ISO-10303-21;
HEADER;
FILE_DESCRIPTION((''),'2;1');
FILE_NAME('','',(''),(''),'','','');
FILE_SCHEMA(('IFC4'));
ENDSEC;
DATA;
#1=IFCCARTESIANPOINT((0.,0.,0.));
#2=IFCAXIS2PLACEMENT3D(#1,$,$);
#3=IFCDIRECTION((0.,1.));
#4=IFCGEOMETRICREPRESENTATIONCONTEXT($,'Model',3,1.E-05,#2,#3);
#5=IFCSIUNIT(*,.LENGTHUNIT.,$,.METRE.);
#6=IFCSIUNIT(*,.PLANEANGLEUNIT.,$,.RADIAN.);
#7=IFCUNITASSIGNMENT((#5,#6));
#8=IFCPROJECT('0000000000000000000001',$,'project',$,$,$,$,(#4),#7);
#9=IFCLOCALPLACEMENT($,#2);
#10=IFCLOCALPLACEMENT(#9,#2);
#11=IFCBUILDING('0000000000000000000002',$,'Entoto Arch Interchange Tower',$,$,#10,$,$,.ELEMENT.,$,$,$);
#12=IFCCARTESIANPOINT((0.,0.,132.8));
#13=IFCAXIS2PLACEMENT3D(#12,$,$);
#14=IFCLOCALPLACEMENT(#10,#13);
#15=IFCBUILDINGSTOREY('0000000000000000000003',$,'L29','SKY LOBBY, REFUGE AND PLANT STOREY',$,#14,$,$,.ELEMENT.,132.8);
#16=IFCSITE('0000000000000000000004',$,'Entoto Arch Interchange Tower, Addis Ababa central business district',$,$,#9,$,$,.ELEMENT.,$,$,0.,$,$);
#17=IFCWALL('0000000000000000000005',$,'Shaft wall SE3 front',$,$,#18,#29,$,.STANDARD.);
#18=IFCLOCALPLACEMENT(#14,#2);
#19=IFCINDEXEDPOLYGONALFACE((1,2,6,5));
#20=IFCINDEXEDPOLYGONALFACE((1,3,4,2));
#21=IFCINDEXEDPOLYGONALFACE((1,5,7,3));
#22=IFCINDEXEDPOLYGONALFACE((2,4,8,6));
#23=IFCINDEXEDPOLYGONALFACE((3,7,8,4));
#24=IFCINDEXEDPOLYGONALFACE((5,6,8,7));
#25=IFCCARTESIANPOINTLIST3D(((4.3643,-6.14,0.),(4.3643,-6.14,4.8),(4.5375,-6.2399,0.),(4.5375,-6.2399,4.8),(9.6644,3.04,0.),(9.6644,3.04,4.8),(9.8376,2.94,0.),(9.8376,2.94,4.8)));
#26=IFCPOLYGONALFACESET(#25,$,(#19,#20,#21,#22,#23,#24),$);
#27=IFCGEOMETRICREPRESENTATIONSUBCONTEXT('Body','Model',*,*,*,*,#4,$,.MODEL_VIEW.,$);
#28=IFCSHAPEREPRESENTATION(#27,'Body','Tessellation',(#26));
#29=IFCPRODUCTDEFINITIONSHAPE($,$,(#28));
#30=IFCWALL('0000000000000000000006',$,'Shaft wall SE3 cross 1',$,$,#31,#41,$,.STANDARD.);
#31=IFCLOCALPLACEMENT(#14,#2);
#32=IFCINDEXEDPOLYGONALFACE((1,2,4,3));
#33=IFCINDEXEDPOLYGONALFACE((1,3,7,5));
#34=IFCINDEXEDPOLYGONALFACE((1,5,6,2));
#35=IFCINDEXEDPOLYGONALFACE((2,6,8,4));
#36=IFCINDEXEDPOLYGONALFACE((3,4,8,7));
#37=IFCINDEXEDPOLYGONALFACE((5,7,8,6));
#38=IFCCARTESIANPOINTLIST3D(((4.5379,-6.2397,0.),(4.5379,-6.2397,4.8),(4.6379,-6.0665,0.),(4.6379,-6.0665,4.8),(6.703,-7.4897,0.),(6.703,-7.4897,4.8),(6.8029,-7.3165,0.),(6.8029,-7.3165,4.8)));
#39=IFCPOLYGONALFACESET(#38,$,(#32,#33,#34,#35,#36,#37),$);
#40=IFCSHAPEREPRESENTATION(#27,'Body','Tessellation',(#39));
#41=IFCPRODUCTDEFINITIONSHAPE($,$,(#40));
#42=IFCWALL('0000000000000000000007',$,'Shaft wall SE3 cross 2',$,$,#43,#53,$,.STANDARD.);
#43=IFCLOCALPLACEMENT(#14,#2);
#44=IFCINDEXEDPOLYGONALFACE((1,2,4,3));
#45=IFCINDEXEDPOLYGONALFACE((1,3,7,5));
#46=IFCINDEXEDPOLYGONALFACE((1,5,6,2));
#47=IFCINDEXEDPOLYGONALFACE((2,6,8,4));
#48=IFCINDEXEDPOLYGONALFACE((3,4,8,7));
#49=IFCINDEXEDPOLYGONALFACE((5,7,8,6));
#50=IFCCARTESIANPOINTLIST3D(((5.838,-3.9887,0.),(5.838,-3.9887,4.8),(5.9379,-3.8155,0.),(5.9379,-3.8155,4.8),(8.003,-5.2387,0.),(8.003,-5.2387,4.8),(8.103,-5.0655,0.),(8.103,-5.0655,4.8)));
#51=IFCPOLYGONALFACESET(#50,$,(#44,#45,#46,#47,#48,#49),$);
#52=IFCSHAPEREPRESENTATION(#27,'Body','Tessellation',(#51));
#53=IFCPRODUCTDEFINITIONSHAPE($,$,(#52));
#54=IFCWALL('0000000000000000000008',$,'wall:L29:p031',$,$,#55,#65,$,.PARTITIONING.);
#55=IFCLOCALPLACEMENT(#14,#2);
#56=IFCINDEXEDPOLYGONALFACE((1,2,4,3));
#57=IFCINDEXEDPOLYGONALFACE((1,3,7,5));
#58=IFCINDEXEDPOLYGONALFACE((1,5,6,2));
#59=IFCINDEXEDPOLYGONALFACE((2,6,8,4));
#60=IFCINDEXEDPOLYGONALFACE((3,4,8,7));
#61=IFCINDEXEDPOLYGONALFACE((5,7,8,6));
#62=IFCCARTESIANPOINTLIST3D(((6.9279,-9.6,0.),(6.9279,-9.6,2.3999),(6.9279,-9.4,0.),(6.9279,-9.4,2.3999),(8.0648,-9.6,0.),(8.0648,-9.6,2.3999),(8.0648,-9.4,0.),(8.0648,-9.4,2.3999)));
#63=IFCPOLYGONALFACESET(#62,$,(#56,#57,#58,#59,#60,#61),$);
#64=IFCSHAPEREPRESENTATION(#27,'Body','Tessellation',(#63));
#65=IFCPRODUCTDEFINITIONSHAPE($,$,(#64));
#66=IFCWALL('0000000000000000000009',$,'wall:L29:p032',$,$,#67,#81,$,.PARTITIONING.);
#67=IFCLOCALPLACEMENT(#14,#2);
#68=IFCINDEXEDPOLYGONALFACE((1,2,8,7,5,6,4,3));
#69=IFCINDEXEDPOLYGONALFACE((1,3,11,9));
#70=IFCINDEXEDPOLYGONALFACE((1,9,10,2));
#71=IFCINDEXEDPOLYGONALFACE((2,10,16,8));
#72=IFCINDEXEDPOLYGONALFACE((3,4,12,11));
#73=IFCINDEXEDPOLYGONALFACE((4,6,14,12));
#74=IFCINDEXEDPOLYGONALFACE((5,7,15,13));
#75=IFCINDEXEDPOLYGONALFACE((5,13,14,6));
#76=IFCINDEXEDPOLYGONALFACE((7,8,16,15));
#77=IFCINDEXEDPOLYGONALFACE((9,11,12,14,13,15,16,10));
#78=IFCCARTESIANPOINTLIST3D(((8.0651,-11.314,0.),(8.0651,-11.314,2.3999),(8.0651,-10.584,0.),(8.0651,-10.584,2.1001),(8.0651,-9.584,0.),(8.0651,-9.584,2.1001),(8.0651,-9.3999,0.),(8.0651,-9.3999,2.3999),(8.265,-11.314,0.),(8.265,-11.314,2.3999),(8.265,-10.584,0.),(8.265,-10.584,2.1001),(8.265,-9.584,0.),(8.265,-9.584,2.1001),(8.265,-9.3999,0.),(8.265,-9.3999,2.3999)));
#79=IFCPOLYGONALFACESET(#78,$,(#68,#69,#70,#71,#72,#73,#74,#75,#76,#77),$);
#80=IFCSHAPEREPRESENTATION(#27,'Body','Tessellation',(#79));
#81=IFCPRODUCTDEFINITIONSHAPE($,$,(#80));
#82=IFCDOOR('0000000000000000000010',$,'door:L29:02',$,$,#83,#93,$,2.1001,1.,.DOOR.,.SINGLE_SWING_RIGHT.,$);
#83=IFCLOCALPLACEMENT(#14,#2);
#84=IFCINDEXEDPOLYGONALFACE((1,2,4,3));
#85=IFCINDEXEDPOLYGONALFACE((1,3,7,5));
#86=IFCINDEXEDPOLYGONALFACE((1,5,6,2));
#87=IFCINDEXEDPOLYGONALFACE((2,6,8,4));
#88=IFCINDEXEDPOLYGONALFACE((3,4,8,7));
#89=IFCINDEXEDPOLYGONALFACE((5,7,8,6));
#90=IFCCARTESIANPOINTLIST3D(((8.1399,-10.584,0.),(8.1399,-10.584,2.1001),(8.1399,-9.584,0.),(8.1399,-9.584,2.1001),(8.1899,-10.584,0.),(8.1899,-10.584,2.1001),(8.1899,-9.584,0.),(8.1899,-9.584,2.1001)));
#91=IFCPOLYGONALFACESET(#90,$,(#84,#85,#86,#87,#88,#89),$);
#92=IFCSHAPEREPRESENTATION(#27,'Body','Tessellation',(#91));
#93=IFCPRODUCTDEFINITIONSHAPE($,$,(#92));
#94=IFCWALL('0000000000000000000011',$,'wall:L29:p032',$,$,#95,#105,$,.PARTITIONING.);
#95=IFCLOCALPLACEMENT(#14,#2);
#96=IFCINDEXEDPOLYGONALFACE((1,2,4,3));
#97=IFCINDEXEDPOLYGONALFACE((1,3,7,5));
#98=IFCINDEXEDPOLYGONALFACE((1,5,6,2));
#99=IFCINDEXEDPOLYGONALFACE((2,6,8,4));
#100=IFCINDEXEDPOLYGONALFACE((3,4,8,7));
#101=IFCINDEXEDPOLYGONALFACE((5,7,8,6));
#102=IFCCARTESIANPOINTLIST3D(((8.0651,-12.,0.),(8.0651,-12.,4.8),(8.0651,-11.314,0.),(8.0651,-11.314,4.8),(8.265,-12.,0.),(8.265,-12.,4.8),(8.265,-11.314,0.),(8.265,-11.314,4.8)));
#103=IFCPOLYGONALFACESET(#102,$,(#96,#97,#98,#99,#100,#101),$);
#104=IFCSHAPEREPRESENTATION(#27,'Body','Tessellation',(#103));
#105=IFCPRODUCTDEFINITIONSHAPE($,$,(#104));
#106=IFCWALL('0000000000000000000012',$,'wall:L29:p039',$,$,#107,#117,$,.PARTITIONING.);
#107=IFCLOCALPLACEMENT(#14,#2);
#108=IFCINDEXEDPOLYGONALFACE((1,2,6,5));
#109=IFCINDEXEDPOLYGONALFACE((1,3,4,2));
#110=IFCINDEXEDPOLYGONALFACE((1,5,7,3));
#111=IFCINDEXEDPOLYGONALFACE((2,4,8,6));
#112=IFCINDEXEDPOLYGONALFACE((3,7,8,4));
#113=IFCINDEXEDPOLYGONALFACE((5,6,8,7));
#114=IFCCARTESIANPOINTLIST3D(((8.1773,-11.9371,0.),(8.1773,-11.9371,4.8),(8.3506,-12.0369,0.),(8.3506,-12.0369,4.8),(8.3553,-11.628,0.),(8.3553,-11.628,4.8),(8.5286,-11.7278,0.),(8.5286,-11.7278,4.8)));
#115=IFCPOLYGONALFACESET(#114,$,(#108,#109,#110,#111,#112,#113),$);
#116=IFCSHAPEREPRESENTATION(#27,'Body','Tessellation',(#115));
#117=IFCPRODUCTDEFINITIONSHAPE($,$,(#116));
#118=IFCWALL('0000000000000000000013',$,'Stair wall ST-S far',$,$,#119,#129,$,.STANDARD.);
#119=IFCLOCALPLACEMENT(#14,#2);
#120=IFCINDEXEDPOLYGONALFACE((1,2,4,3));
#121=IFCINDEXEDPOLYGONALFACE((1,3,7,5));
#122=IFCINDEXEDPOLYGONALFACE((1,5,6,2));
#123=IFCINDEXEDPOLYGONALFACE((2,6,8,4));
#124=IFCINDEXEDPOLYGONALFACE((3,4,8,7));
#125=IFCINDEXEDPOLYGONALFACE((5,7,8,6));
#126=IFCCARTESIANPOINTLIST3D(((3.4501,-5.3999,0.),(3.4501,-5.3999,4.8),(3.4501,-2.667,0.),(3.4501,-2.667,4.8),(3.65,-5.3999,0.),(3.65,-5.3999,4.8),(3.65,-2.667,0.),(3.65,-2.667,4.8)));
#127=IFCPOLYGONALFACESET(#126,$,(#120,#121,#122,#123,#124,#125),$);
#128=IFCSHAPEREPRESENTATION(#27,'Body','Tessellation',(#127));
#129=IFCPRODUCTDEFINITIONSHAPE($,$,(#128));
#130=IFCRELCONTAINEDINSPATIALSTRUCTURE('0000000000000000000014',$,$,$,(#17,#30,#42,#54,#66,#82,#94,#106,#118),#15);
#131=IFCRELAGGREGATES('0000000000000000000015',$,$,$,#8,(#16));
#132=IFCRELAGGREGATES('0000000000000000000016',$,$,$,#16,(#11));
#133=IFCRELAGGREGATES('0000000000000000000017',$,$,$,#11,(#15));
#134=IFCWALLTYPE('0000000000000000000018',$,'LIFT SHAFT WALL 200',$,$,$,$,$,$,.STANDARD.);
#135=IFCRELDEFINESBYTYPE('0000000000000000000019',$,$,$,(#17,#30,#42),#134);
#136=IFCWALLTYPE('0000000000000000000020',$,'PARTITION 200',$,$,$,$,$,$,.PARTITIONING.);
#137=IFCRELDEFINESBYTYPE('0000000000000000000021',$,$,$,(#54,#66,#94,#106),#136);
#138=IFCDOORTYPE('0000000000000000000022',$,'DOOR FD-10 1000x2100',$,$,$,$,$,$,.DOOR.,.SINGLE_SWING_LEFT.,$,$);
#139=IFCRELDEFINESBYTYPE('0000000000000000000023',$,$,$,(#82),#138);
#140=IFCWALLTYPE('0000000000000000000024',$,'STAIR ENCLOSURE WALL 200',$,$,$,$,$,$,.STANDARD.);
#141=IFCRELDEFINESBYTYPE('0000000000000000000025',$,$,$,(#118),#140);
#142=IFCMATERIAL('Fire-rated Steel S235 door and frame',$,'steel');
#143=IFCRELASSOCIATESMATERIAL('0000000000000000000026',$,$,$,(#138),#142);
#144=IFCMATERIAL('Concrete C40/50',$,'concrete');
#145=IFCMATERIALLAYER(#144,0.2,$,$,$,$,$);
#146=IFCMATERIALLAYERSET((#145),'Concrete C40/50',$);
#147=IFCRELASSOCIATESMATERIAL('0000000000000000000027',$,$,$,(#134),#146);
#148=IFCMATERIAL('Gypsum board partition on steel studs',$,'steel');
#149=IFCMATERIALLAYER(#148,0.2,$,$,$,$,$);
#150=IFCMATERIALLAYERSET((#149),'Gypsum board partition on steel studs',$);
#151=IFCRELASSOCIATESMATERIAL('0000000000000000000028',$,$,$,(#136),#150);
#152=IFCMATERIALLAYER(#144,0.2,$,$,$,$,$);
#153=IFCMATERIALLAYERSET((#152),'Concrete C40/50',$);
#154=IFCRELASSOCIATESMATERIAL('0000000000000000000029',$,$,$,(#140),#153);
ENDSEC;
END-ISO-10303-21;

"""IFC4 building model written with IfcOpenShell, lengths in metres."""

from ifc_helpers import new_model, si_unit, direction, frame, frame_2d, origin, place, context, subcontext, project, spatial, rectangle, extrude, material, layer, layer_set, type_object, element, fill, save


model = new_model("IFC4")

# Units and contexts
model_context = context("Model", 3, precision=1e-05, world=origin(), true_north=direction((0.0, 1.0)))
body_context = subcontext(model_context, "Body", "Model", "MODEL_VIEW")
ifc_project = project(units=[si_unit("LENGTHUNIT", "METRE"), si_unit("PLANEANGLEUNIT", "RADIAN")], contexts=[model_context])

# Site, building, storey
site_placement = place(None, origin())
site = spatial("IfcSite", under=ifc_project, at=site_placement, Name="Entoto Arch Interchange Tower, Addis Ababa central business district", CompositionType="ELEMENT", RefElevation=0.0)
building_placement = place(site_placement, origin())
building = spatial("IfcBuilding", under=site, at=building_placement, Name="Entoto Arch Interchange Tower", CompositionType="ELEMENT")
storey_placement = place(building_placement, frame((0.0, 0.0, 132.8)))
storey = spatial("IfcBuildingStorey", under=building, at=storey_placement, Name="L29", Description="SKY LOBBY, REFUGE AND PLANT STOREY", CompositionType="ELEMENT", Elevation=132.8)

# Shared definitions
ifc_material_1 = material(Name="Fire-rated Steel S235 door and frame", Category="steel")
door_type_1 = type_object("IfcDoorType", Name="DOOR FD-10 1000x2100", OperationType="SINGLE_SWING_LEFT", PredefinedType="DOOR", material=ifc_material_1)
ifc_material_2 = material(Name="Concrete C40/50", Category="concrete")
ifc_layer_1 = layer(ifc_material_2, 0.2)
ifc_layer_set_1 = layer_set([ifc_layer_1], Name="Concrete C40/50")
wall_type_1 = type_object("IfcWallType", Name="LIFT SHAFT WALL 200", PredefinedType="STANDARD", material=ifc_layer_set_1)

# Walls
wall_1_placement = place(storey_placement, frame((4.4509, -6.1899, 0.0), z_axis=(0.0, 0.0, 1.0), x_axis=(0.500001, 0.866025, 0.0)))
element("IfcWall", 1, at=wall_1_placement, inside=storey, type_object=wall_type_1, Name="Shaft wall SE3 front", PredefinedType="STANDARD", context=body_context, shape_type="SweptSolid", body=[
    extrude(rectangle(XDim=10.6001, YDim=0.2, at=frame_2d((5.3, 0.0))), origin(), (0.0, 0.0, 1.0), 4.8),
])
for number, where, z_axis, x_axis, name in (
    (2, (4.5879, -6.1531, 0.0), (0.0, 0.0, 1.0), (0.866023, -0.500004, 0.0), "Shaft wall SE3 cross 1"),
    (3, (5.8879, -3.9021, 0.0), (0.0, 0.0, 1.0), (0.866023, -0.500004, 0.0), "Shaft wall SE3 cross 2"),
):
    element("IfcWall", number, at=place(storey_placement, frame(where, z_axis=z_axis, x_axis=x_axis)), inside=storey, type_object=wall_type_1, Name=name, PredefinedType="STANDARD", context=body_context, shape_type="SweptSolid", body=[
        extrude(rectangle(XDim=2.5, YDim=0.2, at=frame_2d((1.25, 0.0))), origin(), (0.0, 0.0, 1.0), 4.8),
    ])
ifc_material_3 = material(Name="Gypsum board partition on steel studs", Category="steel")
ifc_layer_2 = layer(ifc_material_3, 0.2)
ifc_layer_set_2 = layer_set([ifc_layer_2], Name="Gypsum board partition on steel studs")
wall_type_2 = type_object("IfcWallType", Name="PARTITION 200", PredefinedType="PARTITIONING", material=ifc_layer_set_2)
wall_2_placement = place(storey_placement, frame((6.928, -9.5, 0.0), z_axis=(0.0, 0.0, 1.0), x_axis=(1.0, 0.0, 0.0)))
element("IfcWall", 4, at=wall_2_placement, inside=storey, type_object=wall_type_2, Name="wall:L29:p031", PredefinedType="PARTITIONING", context=body_context, shape_type="SweptSolid", body=[
    extrude(rectangle(XDim=1.137, YDim=0.2, at=frame_2d((0.5684, 0.0))), origin(), (0.0, 0.0, 1.0), 2.3999),
])

# Wall, opening, door
wall_3_placement = place(storey_placement, frame((8.165, -9.3999, 0.0), z_axis=(0.0, 0.0, 1.0), x_axis=(0.0, -1.0, 0.0)))
wall_3 = element("IfcWall", 5, at=wall_3_placement, inside=storey, type_object=wall_type_2, Name="wall:L29:p032", PredefinedType="PARTITIONING", context=body_context, shape_type="SweptSolid", body=[
    extrude(rectangle(XDim=1.9141, YDim=0.2, at=frame_2d((0.957, 0.0))), origin(), (0.0, 0.0, 1.0), 2.3999),
])
opening_1_placement = place(wall_3_placement, frame((0.1841, 0.0, 0.0)))
opening_1 = element("IfcOpeningElement", 6, at=opening_1_placement, cuts=wall_3, PredefinedType="OPENING", context=body_context, shape_type="SweptSolid", body=[
    extrude(rectangle(XDim=1.0, YDim=2.1001, at=frame_2d((0.5, 1.05))), frame((0.0, 0.1099, 0.0), z_axis=(0.0, -1.0, 0.0), x_axis=(1.0, 0.0, 0.0)), (0.0, 0.0, 1.0), 0.22),
])
door_1_placement = place(opening_1_placement, origin())
door_1 = element("IfcDoor", 7, at=door_1_placement, inside=storey, type_object=door_type_1, Name="door:L29:02", OperationType="SINGLE_SWING_RIGHT", OverallHeight=2.1001, OverallWidth=1.0, PredefinedType="DOOR", context=body_context, shape_type="SweptSolid", body=[
    extrude(rectangle(XDim=1.0, YDim=2.1001, at=frame_2d((0.5, 1.05))), frame((0.0, 0.0249, 0.0), z_axis=(0.0, -1.0, 0.0), x_axis=(1.0, 0.0, 0.0)), (0.0, 0.0, 1.0), 0.05),
])
fill(opening_1, door_1)

# Walls
wall_4_placement = place(storey_placement, frame((8.165, -11.314, 0.0), z_axis=(0.0, 0.0, 1.0), x_axis=(0.0, -1.0, 0.0)))
element("IfcWall", 8, at=wall_4_placement, inside=storey, type_object=wall_type_2, Name="wall:L29:p032", PredefinedType="PARTITIONING", context=body_context, shape_type="SweptSolid", body=[
    extrude(rectangle(XDim=0.686, YDim=0.2, at=frame_2d((0.343, 0.0))), origin(), (0.0, 0.0, 1.0), 4.8),
])
wall_5_placement = place(storey_placement, frame((8.4419, -11.678, 0.0), z_axis=(0.0, 0.0, 1.0), x_axis=(-0.499011, -0.866596, 0.0)))
element("IfcWall", 9, at=wall_5_placement, inside=storey, type_object=wall_type_2, Name="wall:L29:p039", PredefinedType="PARTITIONING", context=body_context, shape_type="SweptSolid", body=[
    extrude(rectangle(XDim=0.3567, YDim=0.2, at=frame_2d((0.1782, 0.0))), origin(), (0.0, 0.0, 1.0), 4.8),
])
ifc_layer_3 = layer(ifc_material_2, 0.2)
ifc_layer_set_3 = layer_set([ifc_layer_3], Name="Concrete C40/50")
wall_type_3 = type_object("IfcWallType", Name="STAIR ENCLOSURE WALL 200", PredefinedType="STANDARD", material=ifc_layer_set_3)
wall_6_placement = place(storey_placement, frame((3.55, -2.667, 0.0), z_axis=(0.0, 0.0, 1.0), x_axis=(0.0, -1.0, 0.0)))
element("IfcWall", 10, at=wall_6_placement, inside=storey, type_object=wall_type_3, Name="Stair wall ST-S far", PredefinedType="STANDARD", context=body_context, shape_type="SweptSolid", body=[
    extrude(rectangle(XDim=2.7329, YDim=0.2, at=frame_2d((1.3665, 0.0))), origin(), (0.0, 0.0, 1.0), 4.8),
])

save(model, "model.ifc")
